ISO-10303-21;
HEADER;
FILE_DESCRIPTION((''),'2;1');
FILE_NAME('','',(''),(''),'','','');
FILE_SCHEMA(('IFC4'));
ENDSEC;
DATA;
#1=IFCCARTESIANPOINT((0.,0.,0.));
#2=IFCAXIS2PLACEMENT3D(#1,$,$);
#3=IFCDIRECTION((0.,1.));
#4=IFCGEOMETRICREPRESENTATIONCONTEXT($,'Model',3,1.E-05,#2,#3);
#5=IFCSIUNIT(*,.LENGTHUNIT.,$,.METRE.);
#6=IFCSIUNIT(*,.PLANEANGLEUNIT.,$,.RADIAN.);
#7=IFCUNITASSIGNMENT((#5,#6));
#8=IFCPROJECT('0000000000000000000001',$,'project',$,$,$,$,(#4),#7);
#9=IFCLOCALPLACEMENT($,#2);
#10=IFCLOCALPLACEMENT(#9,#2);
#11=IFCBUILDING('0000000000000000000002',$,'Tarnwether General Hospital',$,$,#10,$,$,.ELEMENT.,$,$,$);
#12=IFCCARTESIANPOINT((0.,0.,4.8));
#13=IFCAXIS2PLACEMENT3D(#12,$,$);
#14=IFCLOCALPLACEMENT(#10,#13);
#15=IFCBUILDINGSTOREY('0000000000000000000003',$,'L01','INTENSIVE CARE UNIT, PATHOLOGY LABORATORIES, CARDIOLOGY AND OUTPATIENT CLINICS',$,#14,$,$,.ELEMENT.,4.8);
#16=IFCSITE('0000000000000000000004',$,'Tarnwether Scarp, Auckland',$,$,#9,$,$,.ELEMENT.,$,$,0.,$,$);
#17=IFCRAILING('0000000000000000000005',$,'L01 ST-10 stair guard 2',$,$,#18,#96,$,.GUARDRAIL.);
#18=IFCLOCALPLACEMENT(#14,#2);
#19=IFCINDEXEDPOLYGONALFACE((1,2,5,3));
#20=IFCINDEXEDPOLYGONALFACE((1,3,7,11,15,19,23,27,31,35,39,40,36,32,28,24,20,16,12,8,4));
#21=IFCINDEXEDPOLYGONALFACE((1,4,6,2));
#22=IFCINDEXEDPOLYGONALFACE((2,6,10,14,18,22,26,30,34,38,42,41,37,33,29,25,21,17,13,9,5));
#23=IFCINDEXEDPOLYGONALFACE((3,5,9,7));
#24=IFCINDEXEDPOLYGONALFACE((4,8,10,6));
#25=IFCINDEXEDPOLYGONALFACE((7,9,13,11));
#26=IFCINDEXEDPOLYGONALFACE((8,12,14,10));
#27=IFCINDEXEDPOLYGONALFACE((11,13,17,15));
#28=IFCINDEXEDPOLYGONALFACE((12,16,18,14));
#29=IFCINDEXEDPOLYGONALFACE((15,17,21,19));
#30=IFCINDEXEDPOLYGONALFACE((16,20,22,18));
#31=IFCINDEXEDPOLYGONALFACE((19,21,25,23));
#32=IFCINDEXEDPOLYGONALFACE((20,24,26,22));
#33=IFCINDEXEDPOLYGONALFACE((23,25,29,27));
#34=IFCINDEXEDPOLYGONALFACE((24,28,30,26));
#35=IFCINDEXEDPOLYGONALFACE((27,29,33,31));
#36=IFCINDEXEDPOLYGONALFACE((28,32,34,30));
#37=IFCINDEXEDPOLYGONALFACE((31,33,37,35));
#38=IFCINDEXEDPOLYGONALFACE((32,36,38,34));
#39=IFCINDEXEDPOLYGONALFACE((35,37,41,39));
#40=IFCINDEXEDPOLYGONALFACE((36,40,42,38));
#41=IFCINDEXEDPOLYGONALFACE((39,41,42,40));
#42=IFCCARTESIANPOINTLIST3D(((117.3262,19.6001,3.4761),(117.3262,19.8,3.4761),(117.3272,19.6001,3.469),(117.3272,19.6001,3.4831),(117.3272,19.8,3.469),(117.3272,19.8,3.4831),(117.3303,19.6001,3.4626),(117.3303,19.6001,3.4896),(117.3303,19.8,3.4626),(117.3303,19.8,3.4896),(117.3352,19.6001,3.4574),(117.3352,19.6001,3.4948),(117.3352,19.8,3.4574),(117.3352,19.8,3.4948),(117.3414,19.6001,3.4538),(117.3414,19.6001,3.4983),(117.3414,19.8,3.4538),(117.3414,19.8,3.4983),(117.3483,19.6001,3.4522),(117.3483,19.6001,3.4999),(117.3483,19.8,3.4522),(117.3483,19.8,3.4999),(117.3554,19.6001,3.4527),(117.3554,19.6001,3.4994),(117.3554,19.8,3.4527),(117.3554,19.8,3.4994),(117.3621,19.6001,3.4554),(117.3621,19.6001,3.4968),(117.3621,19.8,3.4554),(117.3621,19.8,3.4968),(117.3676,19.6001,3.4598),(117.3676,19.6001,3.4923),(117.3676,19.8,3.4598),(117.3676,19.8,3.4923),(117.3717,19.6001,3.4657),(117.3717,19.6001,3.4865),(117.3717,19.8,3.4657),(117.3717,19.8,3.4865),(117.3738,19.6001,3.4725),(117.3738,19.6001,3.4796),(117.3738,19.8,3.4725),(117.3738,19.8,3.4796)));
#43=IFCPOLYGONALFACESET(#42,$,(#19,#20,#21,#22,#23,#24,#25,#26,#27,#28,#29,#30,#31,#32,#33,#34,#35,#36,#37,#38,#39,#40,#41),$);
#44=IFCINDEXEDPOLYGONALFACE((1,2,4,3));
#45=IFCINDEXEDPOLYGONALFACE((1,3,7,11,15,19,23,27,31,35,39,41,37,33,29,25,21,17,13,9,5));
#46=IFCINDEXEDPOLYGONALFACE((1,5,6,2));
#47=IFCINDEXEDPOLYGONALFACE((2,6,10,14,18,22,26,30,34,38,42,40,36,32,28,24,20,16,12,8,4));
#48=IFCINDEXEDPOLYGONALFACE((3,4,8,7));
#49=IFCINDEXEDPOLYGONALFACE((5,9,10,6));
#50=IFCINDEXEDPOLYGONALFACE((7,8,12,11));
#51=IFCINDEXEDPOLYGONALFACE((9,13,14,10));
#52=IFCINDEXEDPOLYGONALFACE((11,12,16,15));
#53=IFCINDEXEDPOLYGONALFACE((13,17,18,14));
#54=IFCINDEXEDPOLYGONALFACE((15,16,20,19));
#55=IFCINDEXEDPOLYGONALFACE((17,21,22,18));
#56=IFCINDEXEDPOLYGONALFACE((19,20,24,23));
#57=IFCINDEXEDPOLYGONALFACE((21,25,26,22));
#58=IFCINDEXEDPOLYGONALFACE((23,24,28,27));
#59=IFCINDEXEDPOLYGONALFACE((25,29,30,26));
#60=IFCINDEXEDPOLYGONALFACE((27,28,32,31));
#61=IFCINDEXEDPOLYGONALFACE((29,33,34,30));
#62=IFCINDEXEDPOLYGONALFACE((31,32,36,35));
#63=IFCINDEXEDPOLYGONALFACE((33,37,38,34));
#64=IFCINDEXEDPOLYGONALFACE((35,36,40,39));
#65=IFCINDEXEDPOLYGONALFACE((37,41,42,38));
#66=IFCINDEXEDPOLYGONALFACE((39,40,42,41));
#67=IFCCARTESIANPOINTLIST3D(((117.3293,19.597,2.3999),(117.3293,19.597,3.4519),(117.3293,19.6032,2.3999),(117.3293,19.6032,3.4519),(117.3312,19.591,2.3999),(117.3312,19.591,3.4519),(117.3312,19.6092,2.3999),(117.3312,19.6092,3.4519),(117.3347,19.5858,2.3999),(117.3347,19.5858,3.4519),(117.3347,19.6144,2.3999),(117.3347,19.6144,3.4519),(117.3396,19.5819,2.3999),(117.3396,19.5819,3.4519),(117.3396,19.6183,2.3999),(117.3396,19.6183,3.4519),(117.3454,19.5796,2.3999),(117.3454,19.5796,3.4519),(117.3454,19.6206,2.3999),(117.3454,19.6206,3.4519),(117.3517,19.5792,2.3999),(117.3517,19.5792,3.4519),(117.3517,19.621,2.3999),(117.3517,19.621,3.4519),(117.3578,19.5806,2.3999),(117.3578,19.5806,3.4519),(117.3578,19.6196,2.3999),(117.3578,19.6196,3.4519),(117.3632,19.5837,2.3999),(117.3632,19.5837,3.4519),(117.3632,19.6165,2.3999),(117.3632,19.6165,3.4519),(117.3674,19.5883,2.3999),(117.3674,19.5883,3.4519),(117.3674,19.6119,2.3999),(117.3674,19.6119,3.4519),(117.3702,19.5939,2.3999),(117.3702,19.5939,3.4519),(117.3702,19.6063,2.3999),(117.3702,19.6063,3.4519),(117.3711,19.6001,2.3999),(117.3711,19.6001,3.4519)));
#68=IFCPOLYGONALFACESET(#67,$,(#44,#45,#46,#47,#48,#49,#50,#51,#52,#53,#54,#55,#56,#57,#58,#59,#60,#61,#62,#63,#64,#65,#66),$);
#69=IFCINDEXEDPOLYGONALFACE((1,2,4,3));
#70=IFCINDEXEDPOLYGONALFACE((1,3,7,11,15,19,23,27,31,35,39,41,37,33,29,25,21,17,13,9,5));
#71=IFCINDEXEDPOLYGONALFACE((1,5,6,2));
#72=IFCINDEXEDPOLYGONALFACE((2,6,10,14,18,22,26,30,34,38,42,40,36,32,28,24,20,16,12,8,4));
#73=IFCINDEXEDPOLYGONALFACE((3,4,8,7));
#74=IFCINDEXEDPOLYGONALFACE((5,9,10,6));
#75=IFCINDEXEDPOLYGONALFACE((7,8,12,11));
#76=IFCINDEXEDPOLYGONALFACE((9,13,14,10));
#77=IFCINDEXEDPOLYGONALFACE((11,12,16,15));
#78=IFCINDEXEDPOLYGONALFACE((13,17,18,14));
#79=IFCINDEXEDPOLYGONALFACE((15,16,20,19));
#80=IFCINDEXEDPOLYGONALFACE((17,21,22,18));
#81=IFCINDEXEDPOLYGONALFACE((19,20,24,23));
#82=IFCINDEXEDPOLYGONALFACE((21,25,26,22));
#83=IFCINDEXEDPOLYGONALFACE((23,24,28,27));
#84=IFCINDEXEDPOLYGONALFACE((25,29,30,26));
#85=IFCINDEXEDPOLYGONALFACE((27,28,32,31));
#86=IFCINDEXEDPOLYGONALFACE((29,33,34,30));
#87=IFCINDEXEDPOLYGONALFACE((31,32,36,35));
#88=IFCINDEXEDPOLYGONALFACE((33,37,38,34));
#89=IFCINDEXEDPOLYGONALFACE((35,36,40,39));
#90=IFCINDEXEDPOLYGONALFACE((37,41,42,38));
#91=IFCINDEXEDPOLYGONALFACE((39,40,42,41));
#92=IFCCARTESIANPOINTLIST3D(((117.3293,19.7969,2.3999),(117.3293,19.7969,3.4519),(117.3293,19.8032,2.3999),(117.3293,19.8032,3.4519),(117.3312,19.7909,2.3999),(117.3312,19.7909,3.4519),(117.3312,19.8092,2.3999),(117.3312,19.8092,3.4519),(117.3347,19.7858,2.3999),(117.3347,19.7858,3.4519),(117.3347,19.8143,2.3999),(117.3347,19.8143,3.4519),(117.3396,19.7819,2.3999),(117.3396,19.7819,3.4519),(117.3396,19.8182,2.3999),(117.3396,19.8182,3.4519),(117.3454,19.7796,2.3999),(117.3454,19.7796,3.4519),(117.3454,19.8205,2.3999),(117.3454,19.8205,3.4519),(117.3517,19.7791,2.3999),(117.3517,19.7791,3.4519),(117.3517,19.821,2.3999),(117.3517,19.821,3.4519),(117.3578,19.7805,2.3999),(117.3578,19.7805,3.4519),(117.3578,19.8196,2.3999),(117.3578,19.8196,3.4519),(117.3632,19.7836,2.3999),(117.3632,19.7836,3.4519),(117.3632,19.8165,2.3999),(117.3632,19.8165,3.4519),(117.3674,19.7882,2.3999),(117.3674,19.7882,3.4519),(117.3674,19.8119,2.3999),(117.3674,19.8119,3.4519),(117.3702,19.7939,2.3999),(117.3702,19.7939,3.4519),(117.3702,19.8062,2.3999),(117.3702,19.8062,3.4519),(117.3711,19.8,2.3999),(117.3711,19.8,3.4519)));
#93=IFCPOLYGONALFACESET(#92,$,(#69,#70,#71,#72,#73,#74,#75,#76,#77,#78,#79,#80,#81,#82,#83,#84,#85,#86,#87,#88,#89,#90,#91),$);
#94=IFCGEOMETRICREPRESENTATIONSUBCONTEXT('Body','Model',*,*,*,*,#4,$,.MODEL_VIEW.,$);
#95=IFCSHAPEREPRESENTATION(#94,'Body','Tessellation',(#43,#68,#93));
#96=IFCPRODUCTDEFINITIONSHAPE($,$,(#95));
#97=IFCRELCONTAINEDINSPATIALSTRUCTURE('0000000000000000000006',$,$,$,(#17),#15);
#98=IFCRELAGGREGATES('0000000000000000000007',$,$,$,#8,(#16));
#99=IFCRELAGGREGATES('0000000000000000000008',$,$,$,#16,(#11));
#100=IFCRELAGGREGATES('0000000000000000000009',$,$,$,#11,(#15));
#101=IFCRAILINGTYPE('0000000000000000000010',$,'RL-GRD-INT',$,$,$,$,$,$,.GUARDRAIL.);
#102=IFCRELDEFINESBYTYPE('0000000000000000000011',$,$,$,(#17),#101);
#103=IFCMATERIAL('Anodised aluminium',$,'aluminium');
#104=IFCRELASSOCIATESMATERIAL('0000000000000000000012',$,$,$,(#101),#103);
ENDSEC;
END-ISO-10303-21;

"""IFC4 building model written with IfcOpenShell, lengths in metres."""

from ifc_helpers import new_model, si_unit, direction, frame, origin, origin_2d, place, context, subcontext, project, spatial, circle, extrude, material, type_object, element, save


model = new_model("IFC4")

# Units and contexts
model_context = context("Model", 3, precision=1e-05, world=origin(), true_north=direction((0.0, 1.0)))
body_context = subcontext(model_context, "Body", "Model", "MODEL_VIEW")
ifc_project = project(units=[si_unit("LENGTHUNIT", "METRE"), si_unit("PLANEANGLEUNIT", "RADIAN")], contexts=[model_context])

# Site, building, storey
site_placement = place(None, origin())
site = spatial("IfcSite", under=ifc_project, at=site_placement, Name="Tarnwether Scarp, Auckland", CompositionType="ELEMENT", RefElevation=0.0)
building_placement = place(site_placement, origin())
building = spatial("IfcBuilding", under=site, at=building_placement, Name="Tarnwether General Hospital", CompositionType="ELEMENT")
storey_placement = place(building_placement, frame((0.0, 0.0, 4.8)))
storey = spatial("IfcBuildingStorey", under=building, at=storey_placement, Name="L01", Description="INTENSIVE CARE UNIT, PATHOLOGY LABORATORIES, CARDIOLOGY AND OUTPATIENT CLINICS", CompositionType="ELEMENT", Elevation=4.8)

# Railing
ifc_material_1 = material(Name="Anodised aluminium", Category="aluminium")
railing_type_1 = type_object("IfcRailingType", Name="RL-GRD-INT", PredefinedType="GUARDRAIL", material=ifc_material_1)
railing_1_placement = place(storey_placement, frame((117.3501, 19.6001, 2.3999)))
element("IfcRailing", 1, at=railing_1_placement, inside=storey, type_object=railing_type_1, Name="L01 ST-10 stair guard 2", PredefinedType="GUARDRAIL", context=body_context, shape_type="SweptSolid", body=[
    extrude(circle(Radius=0.0239, at=origin_2d()), frame((0.0, 0.0, 1.0762), z_axis=(0.0, 1.0, 0.0), x_axis=(-1.0, 0.0, 0.0)), (0.0, 0.0, 1.0), 0.2),
    extrude(circle(Radius=0.021, at=origin_2d()), origin(), (0.0, 0.0, 1.0), 1.052),
    extrude(circle(Radius=0.021, at=origin_2d()), frame((0.0, 0.2, 0.0)), (0.0, 0.0, 1.0), 1.052),
])

save(model, "model.ifc")
